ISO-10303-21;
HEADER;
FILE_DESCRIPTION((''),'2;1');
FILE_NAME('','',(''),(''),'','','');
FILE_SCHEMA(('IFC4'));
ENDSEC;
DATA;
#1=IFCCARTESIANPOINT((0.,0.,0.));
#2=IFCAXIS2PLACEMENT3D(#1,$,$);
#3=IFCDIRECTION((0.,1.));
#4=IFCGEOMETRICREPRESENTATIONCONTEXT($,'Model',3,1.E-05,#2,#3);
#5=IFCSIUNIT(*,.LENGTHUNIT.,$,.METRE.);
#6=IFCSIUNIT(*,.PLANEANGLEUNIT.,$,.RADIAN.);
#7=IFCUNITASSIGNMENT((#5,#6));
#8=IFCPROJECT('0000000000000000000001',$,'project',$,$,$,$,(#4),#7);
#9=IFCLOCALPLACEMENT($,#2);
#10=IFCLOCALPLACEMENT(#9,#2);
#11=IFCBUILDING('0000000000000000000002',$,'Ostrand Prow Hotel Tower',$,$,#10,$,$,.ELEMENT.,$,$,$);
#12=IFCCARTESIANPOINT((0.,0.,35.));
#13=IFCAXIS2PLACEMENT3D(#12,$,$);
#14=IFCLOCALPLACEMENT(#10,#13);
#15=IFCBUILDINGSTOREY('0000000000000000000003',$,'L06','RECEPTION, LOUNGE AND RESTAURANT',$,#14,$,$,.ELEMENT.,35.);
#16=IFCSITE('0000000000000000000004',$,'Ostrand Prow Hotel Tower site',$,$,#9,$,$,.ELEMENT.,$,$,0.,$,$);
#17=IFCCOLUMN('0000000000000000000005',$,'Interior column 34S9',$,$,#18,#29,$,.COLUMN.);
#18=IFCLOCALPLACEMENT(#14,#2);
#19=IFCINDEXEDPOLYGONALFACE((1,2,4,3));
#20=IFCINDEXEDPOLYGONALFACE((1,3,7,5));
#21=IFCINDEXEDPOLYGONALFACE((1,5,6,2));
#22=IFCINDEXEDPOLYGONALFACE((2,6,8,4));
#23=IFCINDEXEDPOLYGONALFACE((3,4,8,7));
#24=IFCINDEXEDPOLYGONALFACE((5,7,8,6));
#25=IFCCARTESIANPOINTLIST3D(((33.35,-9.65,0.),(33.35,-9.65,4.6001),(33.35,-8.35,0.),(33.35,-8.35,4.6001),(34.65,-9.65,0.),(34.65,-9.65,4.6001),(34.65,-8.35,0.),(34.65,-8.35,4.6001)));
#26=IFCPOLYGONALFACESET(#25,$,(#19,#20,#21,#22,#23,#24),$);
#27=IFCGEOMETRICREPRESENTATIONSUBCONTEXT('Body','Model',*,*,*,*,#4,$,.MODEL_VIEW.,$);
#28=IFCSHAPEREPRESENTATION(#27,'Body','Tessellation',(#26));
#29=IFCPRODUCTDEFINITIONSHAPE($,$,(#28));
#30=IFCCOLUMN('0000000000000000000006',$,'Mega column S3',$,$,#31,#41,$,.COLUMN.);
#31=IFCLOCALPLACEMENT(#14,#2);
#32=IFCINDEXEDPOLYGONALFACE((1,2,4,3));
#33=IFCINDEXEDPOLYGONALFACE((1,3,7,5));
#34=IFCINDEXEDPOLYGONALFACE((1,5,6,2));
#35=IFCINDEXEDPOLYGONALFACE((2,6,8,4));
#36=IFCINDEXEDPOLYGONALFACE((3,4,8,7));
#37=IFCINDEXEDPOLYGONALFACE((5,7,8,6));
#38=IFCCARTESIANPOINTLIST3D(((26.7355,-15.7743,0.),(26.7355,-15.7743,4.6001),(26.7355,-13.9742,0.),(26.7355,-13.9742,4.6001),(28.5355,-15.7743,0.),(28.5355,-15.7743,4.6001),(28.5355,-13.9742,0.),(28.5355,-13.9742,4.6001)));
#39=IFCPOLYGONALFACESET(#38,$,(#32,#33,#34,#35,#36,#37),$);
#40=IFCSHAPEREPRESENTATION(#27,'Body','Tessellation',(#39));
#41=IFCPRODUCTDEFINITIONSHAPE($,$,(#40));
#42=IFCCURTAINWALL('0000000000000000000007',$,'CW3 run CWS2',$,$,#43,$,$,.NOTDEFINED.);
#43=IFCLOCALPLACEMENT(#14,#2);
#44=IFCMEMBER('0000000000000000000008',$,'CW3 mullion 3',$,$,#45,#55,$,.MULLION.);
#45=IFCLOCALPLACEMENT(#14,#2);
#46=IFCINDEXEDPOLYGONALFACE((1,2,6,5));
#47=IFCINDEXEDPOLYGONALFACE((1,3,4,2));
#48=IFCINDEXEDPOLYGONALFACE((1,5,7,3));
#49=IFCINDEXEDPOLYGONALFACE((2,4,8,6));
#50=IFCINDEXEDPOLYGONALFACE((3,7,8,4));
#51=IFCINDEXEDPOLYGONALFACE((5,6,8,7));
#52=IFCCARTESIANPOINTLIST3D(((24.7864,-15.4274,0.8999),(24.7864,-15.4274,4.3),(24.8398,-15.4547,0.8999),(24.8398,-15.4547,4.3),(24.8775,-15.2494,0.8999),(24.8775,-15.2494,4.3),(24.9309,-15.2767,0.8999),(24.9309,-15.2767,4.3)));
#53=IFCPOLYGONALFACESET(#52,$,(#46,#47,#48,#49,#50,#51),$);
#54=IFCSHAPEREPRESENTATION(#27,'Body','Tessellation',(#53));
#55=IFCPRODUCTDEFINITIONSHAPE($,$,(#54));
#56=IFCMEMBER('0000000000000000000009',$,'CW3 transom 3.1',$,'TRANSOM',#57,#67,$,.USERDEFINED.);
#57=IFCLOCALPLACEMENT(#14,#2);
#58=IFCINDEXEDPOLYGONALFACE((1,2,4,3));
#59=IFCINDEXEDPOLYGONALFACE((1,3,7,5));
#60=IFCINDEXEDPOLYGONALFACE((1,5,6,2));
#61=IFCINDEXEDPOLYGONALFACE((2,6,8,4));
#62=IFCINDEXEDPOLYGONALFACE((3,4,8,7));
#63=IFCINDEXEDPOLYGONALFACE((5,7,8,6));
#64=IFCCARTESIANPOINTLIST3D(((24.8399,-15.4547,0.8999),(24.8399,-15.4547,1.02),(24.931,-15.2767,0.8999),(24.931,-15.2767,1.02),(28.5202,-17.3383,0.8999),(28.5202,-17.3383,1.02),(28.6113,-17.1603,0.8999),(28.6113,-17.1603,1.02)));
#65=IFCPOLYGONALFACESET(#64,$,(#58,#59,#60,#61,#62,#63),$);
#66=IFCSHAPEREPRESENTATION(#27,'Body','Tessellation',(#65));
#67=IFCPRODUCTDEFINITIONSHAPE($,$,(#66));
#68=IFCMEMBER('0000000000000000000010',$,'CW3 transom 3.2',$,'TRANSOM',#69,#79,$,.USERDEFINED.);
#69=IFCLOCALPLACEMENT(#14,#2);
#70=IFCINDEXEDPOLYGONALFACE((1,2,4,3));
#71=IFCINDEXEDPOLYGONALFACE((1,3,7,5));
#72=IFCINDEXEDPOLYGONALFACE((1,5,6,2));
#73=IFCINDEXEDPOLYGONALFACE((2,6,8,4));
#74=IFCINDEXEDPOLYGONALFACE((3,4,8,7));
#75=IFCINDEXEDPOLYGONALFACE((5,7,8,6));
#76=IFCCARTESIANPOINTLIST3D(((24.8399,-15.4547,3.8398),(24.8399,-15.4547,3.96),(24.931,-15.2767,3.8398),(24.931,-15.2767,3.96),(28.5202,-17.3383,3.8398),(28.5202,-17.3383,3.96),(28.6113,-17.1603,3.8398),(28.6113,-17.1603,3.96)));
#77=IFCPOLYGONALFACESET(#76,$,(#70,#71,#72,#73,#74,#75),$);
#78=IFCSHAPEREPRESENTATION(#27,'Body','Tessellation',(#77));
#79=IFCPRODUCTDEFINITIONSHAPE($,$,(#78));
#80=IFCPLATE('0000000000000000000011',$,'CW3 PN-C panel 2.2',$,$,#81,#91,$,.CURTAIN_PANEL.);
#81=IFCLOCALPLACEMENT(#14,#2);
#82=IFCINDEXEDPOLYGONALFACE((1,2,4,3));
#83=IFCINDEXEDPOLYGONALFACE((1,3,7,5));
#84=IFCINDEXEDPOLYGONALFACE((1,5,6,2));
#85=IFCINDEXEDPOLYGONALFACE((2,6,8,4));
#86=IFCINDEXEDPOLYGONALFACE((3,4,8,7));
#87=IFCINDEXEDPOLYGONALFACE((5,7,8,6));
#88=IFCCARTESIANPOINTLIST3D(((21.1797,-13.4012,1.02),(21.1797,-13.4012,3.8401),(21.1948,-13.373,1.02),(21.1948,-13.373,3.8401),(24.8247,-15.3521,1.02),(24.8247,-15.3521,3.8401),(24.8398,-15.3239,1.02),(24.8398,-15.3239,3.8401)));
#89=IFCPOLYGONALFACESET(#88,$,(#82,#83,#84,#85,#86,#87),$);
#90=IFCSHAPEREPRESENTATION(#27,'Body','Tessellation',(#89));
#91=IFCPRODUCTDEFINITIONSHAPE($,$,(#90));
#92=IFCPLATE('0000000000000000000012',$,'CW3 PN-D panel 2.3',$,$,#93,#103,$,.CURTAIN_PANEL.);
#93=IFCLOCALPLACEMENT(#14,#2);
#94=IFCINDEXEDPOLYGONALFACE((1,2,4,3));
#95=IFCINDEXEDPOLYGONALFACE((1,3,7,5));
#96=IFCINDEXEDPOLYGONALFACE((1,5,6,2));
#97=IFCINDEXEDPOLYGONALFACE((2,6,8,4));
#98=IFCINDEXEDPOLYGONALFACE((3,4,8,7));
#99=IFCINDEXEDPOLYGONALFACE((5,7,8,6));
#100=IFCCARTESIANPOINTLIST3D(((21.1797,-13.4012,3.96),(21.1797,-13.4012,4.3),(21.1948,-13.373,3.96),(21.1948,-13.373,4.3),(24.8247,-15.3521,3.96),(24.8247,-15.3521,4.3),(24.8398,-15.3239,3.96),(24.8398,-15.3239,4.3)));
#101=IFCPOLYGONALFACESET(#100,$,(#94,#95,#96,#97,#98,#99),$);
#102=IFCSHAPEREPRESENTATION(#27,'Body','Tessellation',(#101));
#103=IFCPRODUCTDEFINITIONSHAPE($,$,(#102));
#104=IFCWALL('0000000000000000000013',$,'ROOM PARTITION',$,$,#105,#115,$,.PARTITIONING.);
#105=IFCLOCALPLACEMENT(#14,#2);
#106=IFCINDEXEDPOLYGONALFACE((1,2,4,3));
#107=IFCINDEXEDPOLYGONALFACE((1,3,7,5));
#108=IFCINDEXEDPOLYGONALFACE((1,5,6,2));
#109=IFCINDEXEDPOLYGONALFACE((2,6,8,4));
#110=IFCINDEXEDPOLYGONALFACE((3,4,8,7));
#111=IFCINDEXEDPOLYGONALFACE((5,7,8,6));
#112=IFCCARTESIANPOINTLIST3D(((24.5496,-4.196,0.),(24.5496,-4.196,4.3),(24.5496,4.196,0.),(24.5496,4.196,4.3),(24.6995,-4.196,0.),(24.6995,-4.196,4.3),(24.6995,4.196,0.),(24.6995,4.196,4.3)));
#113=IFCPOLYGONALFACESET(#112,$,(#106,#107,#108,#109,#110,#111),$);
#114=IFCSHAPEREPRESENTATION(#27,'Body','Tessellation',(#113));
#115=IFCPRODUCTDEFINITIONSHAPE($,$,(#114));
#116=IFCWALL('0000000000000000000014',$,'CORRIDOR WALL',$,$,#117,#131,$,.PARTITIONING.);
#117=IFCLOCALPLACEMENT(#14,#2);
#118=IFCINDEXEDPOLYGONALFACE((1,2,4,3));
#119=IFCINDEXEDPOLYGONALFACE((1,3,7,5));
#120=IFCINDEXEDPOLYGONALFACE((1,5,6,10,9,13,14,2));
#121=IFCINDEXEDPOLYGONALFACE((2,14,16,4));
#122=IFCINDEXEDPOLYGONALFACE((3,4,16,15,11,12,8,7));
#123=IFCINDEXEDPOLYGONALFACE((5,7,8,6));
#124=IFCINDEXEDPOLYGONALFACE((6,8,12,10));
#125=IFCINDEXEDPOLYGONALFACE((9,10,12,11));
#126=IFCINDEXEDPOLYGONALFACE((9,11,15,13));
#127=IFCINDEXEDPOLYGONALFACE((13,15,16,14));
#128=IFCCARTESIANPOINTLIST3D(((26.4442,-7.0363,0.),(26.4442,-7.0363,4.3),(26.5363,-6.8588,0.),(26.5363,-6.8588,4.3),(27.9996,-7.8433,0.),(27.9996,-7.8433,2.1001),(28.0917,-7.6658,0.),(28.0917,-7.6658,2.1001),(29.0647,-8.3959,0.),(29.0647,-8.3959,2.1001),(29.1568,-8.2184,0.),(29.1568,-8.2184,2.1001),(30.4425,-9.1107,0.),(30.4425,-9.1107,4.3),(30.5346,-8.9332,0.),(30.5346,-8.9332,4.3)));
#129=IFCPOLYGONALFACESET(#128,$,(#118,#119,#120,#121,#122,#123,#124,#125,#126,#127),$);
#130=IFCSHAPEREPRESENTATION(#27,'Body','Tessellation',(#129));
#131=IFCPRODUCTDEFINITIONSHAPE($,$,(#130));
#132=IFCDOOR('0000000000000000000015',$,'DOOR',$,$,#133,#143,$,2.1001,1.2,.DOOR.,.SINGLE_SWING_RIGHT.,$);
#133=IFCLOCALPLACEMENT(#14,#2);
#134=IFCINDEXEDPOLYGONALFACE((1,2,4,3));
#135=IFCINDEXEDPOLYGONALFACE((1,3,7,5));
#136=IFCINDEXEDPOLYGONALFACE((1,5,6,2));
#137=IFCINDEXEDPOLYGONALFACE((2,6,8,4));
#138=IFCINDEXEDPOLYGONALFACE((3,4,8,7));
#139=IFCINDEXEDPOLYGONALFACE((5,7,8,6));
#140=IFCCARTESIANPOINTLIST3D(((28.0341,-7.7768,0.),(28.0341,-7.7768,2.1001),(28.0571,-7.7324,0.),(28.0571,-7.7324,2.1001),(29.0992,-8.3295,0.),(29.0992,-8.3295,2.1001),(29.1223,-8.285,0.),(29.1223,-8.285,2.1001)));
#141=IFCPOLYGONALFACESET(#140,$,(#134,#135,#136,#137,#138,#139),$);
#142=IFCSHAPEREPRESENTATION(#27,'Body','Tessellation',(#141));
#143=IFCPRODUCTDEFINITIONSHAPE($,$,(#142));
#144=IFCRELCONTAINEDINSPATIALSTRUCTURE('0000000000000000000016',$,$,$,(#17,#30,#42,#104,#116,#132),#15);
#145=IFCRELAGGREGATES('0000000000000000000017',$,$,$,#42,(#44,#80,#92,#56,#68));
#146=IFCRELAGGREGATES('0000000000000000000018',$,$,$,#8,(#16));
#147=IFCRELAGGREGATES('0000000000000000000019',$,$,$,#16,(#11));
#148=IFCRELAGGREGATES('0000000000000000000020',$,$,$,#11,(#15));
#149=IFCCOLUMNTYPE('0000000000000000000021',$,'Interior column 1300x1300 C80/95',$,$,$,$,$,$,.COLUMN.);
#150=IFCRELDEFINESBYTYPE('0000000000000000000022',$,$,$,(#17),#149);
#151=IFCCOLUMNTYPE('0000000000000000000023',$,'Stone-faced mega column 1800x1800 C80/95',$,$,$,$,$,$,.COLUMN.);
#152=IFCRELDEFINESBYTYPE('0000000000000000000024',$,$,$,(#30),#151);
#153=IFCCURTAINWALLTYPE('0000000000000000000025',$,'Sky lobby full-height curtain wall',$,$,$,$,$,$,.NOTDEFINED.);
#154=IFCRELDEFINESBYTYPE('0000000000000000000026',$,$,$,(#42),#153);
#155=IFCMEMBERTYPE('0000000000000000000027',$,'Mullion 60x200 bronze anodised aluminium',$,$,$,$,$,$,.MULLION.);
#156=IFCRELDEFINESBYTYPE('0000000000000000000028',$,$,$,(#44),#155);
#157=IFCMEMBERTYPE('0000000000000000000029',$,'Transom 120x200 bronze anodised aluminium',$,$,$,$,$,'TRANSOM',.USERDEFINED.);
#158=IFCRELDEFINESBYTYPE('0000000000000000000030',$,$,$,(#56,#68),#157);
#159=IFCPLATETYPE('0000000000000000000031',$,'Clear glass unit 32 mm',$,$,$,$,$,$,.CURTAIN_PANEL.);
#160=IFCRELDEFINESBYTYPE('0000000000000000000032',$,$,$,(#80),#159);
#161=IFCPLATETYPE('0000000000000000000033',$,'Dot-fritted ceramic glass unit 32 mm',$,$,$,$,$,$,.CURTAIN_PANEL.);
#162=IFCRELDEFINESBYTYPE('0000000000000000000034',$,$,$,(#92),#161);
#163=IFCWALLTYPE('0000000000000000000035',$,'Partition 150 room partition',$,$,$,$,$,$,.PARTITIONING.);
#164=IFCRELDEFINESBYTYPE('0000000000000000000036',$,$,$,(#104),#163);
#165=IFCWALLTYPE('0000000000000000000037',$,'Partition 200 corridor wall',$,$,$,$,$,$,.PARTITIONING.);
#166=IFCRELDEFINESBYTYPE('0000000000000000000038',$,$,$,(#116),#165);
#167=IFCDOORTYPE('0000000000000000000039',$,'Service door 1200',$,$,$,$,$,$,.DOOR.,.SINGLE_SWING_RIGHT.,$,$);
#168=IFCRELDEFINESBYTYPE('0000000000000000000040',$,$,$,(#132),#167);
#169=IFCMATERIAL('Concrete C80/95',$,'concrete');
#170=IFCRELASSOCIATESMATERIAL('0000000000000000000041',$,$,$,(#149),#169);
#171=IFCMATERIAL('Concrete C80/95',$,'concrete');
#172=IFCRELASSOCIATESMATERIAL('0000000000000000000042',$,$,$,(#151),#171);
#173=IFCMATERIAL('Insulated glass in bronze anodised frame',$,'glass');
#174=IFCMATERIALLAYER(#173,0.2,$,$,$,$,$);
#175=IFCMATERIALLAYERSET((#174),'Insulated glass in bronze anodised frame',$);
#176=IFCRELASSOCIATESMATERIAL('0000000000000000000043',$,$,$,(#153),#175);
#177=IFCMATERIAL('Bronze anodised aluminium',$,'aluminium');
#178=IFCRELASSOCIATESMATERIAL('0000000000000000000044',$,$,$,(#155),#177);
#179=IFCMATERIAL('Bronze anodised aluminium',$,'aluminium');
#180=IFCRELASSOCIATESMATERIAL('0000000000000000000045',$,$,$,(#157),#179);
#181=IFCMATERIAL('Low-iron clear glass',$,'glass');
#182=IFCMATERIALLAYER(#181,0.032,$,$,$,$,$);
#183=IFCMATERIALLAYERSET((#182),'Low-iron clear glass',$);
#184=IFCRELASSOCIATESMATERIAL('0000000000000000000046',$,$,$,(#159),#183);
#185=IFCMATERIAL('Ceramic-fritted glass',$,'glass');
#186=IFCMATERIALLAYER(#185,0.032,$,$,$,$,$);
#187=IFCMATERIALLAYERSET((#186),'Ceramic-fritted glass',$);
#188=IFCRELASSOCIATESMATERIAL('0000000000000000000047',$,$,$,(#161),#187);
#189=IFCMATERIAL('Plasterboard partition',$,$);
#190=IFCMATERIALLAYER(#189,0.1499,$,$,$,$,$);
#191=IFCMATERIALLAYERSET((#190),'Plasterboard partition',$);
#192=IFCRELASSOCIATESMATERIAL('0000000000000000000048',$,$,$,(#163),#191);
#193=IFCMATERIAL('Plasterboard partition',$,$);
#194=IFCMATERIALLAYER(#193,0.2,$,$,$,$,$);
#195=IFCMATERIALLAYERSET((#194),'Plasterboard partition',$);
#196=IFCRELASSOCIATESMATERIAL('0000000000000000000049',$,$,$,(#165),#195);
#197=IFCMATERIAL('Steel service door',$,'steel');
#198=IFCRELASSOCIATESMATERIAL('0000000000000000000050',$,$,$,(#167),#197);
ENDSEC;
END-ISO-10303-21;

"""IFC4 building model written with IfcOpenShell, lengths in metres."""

from ifc_helpers import new_model, si_unit, direction, frame, frame_2d, origin, origin_2d, place, context, subcontext, project, spatial, rectangle, extrude, material, layer, layer_set, material_profile, profile_set, type_object, element, fill, aggregate, save


model = new_model("IFC4")

# Units and contexts
model_context = context("Model", 3, precision=1e-05, world=origin(), true_north=direction((0.0, 1.0)))
body_context = subcontext(model_context, "Body", "Model", "MODEL_VIEW")
ifc_project = project(units=[si_unit("LENGTHUNIT", "METRE"), si_unit("PLANEANGLEUNIT", "RADIAN")], contexts=[model_context])

# Site, building, storey
site_placement = place(None, origin())
site = spatial("IfcSite", under=ifc_project, at=site_placement, Name="Ostrand Prow Hotel Tower site", CompositionType="ELEMENT", RefElevation=0.0)
building_placement = place(site_placement, origin())
building = spatial("IfcBuilding", under=site, at=building_placement, Name="Ostrand Prow Hotel Tower", CompositionType="ELEMENT")
storey_placement = place(building_placement, frame((0.0, 0.0, 35.0)))
storey = spatial("IfcBuildingStorey", under=building, at=storey_placement, Name="L06", Description="RECEPTION, LOUNGE AND RESTAURANT", CompositionType="ELEMENT", Elevation=35.0)

# Columns
ifc_material_1 = material(Name="Concrete C80/95", Category="concrete")
ifc_material_profile_1 = material_profile(ifc_material_1, rectangle(XDim=1.3, YDim=1.3, at=origin_2d()), Name="RC 1300x1300")
ifc_profile_set_1 = profile_set([ifc_material_profile_1], Name="Concrete C80/95")
column_type_1 = type_object("IfcColumnType", Name="Interior column 1300x1300 C80/95", PredefinedType="COLUMN", material=ifc_profile_set_1)
column_1_placement = place(storey_placement, frame((34.0, -9.0, 0.0), z_axis=(0.0, 0.0, 1.0), x_axis=(1.0, 0.0, 0.0)))
element("IfcColumn", 1, at=column_1_placement, inside=storey, type_object=column_type_1, Name="Interior column 34S9", PredefinedType="COLUMN", context=body_context, shape_type="SweptSolid", body=[
    extrude(rectangle(XDim=1.3, YDim=1.3, at=origin_2d()), origin(), (0.0, 0.0, 1.0), 4.6001),
])
ifc_material_2 = material(Name="Concrete C80/95", Category="concrete")
ifc_material_profile_2 = material_profile(ifc_material_2, rectangle(XDim=1.8, YDim=1.8, at=origin_2d()), Name="RC 1800x1800")
ifc_profile_set_2 = profile_set([ifc_material_profile_2], Name="Concrete C80/95")
column_type_2 = type_object("IfcColumnType", Name="Stone-faced mega column 1800x1800 C80/95", PredefinedType="COLUMN", material=ifc_profile_set_2)
column_2_placement = place(storey_placement, frame((27.6355, -14.8743, 0.0), z_axis=(0.0, 0.0, 1.0), x_axis=(1.0, 0.0, 0.0)))
element("IfcColumn", 2, at=column_2_placement, inside=storey, type_object=column_type_2, Name="Mega column S3", PredefinedType="COLUMN", context=body_context, shape_type="SweptSolid", body=[
    extrude(rectangle(XDim=1.8, YDim=1.8, at=origin_2d()), origin(), (0.0, 0.0, 1.0), 4.6001),
])

# Curtain wall, members, plates
ifc_material_3 = material(Name="Insulated glass in bronze anodised frame", Category="glass")
ifc_layer_1 = layer(ifc_material_3, 0.2)
ifc_layer_set_1 = layer_set([ifc_layer_1], Name="Insulated glass in bronze anodised frame")
curtain_wall_type = type_object("IfcCurtainWallType", Name="Sky lobby full-height curtain wall", PredefinedType="NOTDEFINED", material=ifc_layer_set_1)
curtain_wall_placement = place(storey_placement, origin())
curtain_wall = element("IfcCurtainWall", 3, at=curtain_wall_placement, inside=storey, type_object=curtain_wall_type, Name="CW3 run CWS2", PredefinedType="NOTDEFINED")
ifc_material_4 = material(Name="Bronze anodised aluminium", Category="aluminium")
ifc_material_profile_3 = material_profile(ifc_material_4, rectangle(XDim=0.2, YDim=0.0601, at=origin_2d()), Name="Mullion 60x200 bronze anodised aluminium")
ifc_profile_set_3 = profile_set([ifc_material_profile_3], Name="Bronze anodised aluminium")
member_type_1 = type_object("IfcMemberType", Name="Mullion 60x200 bronze anodised aluminium", PredefinedType="MULLION", material=ifc_profile_set_3)
member_1_placement = place(storey_placement, frame((24.8586, -15.3521, 0.8999), z_axis=(0.0, 0.0, 1.0), x_axis=(0.455596, 0.890187, 0.0)))
member_1 = element("IfcMember", 4, at=member_1_placement, type_object=member_type_1, Name="CW3 mullion 3", PredefinedType="MULLION", context=body_context, shape_type="SweptSolid", body=[
    extrude(rectangle(XDim=0.2, YDim=0.0601, at=origin_2d()), origin(), (0.0, 0.0, 1.0), 3.4001),
])
ifc_material_5 = material(Name="Bronze anodised aluminium", Category="aluminium")
ifc_material_profile_4 = material_profile(ifc_material_5, rectangle(XDim=0.2, YDim=0.1201, at=origin_2d()), Name="Transom 120x200 bronze anodised aluminium")
ifc_profile_set_4 = profile_set([ifc_material_profile_4], Name="Bronze anodised aluminium")
member_type_2 = type_object("IfcMemberType", Name="Transom 120x200 bronze anodised aluminium", ElementType="TRANSOM", PredefinedType="USERDEFINED", material=ifc_profile_set_4)
member_2_placement = place(storey_placement, frame((24.8855, -15.3657, 0.96), z_axis=(0.890183, -0.455603, 0.0), x_axis=(0.455603, 0.890183, 0.0)))
member_2 = element("IfcMember", 5, at=member_2_placement, type_object=member_type_2, Name="CW3 transom 3.1", ObjectType="TRANSOM", PredefinedType="USERDEFINED", context=body_context, shape_type="SweptSolid", body=[
    extrude(rectangle(XDim=0.2, YDim=0.1201, at=origin_2d()), origin(), (0.0, 0.0, 1.0), 4.1343),
])
member_3_placement = place(storey_placement, frame((24.8855, -15.3657, 3.8999), z_axis=(0.890183, -0.455603, 0.0), x_axis=(0.455603, 0.890183, 0.0)))
member_3 = element("IfcMember", 6, at=member_3_placement, type_object=member_type_2, Name="CW3 transom 3.2", ObjectType="TRANSOM", PredefinedType="USERDEFINED", context=body_context, shape_type="SweptSolid", body=[
    extrude(rectangle(XDim=0.2, YDim=0.1201, at=origin_2d()), origin(), (0.0, 0.0, 1.0), 4.1343),
])
ifc_material_6 = material(Name="Low-iron clear glass", Category="glass")
ifc_layer_2 = layer(ifc_material_6, 0.032)
ifc_layer_set_2 = layer_set([ifc_layer_2], Name="Low-iron clear glass")
plate_type_1 = type_object("IfcPlateType", Name="Clear glass unit 32 mm", PredefinedType="CURTAIN_PANEL", material=ifc_layer_set_2)
plate_1_placement = place(storey_placement, frame((23.0098, -14.3625, 1.02), z_axis=(0.0, 0.0, 1.0), x_axis=(0.881652, -0.4719, 0.0)))
plate_1 = element("IfcPlate", 7, at=plate_1_placement, type_object=plate_type_1, Name="CW3 PN-C panel 2.2", PredefinedType="CURTAIN_PANEL", context=body_context, shape_type="SweptSolid", body=[
    extrude(rectangle(XDim=4.1343, YDim=0.032, at=origin_2d()), origin(), (0.0, 0.0, 1.0), 2.8201),
])
ifc_material_7 = material(Name="Ceramic-fritted glass", Category="glass")
ifc_layer_3 = layer(ifc_material_7, 0.032)
ifc_layer_set_3 = layer_set([ifc_layer_3], Name="Ceramic-fritted glass")
plate_type_2 = type_object("IfcPlateType", Name="Dot-fritted ceramic glass unit 32 mm", PredefinedType="CURTAIN_PANEL", material=ifc_layer_set_3)
plate_2_placement = place(storey_placement, frame((23.0098, -14.3625, 3.96), z_axis=(0.0, 0.0, 1.0), x_axis=(0.881652, -0.4719, 0.0)))
plate_2 = element("IfcPlate", 8, at=plate_2_placement, type_object=plate_type_2, Name="CW3 PN-D panel 2.3", PredefinedType="CURTAIN_PANEL", context=body_context, shape_type="SweptSolid", body=[
    extrude(rectangle(XDim=4.1343, YDim=0.032, at=origin_2d()), origin(), (0.0, 0.0, 1.0), 0.3401),
])
aggregate(curtain_wall, [member_1, plate_1, plate_2, member_2, member_3])

# Wall
ifc_material_8 = material(Name="Plasterboard partition")
ifc_layer_4 = layer(ifc_material_8, 0.1499)
ifc_layer_set_4 = layer_set([ifc_layer_4], Name="Plasterboard partition")
wall_type_1 = type_object("IfcWallType", Name="Partition 150 room partition", PredefinedType="PARTITIONING", material=ifc_layer_set_4)
wall_1_placement = place(storey_placement, frame((24.6245, -4.196, 0.0), z_axis=(0.0, 0.0, 1.0), x_axis=(0.0, 1.0, 0.0)))
element("IfcWall", 9, at=wall_1_placement, inside=storey, type_object=wall_type_1, Name="ROOM PARTITION", PredefinedType="PARTITIONING", context=body_context, shape_type="SweptSolid", body=[
    extrude(rectangle(XDim=8.3921, YDim=0.1499, at=frame_2d((4.196, 0.0))), origin(), (0.0, 0.0, 1.0), 4.3),
])

# Wall, opening, door
ifc_material_9 = material(Name="Plasterboard partition")
ifc_layer_5 = layer(ifc_material_9, 0.2)
ifc_layer_set_5 = layer_set([ifc_layer_5], Name="Plasterboard partition")
wall_type_2 = type_object("IfcWallType", Name="Partition 200 corridor wall", PredefinedType="PARTITIONING", material=ifc_layer_set_5)
wall_2_placement = place(storey_placement, frame((26.4902, -6.9475, 0.0), z_axis=(0.0, 0.0, 1.0), x_axis=(0.887639, -0.46054, 0.0)))
wall_2 = element("IfcWall", 10, at=wall_2_placement, inside=storey, type_object=wall_type_2, Name="CORRIDOR WALL", PredefinedType="PARTITIONING", context=body_context, shape_type="SweptSolid", body=[
    extrude(rectangle(XDim=4.5044, YDim=0.2, at=frame_2d((2.2522, 0.0))), origin(), (0.0, 0.0, 1.0), 4.3),
])
opening_1_placement = place(wall_2_placement, frame((1.7522, 0.0, 0.0)))
opening_1 = element("IfcOpeningElement", 11, at=opening_1_placement, cuts=wall_2, PredefinedType="OPENING", context=body_context, shape_type="SweptSolid", body=[
    extrude(rectangle(XDim=1.2, YDim=2.1001, at=frame_2d((0.6001, 1.05))), frame((0.0, 0.1099, 0.0), z_axis=(0.0, -1.0, 0.0), x_axis=(1.0, 0.0, 0.0)), (0.0, 0.0, 1.0), 0.22),
])
ifc_material_10 = material(Name="Steel service door", Category="steel")
door_type_1 = type_object("IfcDoorType", Name="Service door 1200", OperationType="SINGLE_SWING_RIGHT", PredefinedType="DOOR", material=ifc_material_10)
door_1_placement = place(opening_1_placement, origin())
door_1 = element("IfcDoor", 12, at=door_1_placement, inside=storey, type_object=door_type_1, Name="DOOR", OperationType="SINGLE_SWING_RIGHT", OverallHeight=2.1001, OverallWidth=1.2, PredefinedType="DOOR", context=body_context, shape_type="SweptSolid", body=[
    extrude(rectangle(XDim=1.2, YDim=2.1001, at=frame_2d((0.6001, 1.05))), frame((0.0, 0.0249, 0.0), z_axis=(0.0, -1.0, 0.0), x_axis=(1.0, 0.0, 0.0)), (0.0, 0.0, 1.0), 0.05),
])
fill(opening_1, door_1)

save(model, "model.ifc")
